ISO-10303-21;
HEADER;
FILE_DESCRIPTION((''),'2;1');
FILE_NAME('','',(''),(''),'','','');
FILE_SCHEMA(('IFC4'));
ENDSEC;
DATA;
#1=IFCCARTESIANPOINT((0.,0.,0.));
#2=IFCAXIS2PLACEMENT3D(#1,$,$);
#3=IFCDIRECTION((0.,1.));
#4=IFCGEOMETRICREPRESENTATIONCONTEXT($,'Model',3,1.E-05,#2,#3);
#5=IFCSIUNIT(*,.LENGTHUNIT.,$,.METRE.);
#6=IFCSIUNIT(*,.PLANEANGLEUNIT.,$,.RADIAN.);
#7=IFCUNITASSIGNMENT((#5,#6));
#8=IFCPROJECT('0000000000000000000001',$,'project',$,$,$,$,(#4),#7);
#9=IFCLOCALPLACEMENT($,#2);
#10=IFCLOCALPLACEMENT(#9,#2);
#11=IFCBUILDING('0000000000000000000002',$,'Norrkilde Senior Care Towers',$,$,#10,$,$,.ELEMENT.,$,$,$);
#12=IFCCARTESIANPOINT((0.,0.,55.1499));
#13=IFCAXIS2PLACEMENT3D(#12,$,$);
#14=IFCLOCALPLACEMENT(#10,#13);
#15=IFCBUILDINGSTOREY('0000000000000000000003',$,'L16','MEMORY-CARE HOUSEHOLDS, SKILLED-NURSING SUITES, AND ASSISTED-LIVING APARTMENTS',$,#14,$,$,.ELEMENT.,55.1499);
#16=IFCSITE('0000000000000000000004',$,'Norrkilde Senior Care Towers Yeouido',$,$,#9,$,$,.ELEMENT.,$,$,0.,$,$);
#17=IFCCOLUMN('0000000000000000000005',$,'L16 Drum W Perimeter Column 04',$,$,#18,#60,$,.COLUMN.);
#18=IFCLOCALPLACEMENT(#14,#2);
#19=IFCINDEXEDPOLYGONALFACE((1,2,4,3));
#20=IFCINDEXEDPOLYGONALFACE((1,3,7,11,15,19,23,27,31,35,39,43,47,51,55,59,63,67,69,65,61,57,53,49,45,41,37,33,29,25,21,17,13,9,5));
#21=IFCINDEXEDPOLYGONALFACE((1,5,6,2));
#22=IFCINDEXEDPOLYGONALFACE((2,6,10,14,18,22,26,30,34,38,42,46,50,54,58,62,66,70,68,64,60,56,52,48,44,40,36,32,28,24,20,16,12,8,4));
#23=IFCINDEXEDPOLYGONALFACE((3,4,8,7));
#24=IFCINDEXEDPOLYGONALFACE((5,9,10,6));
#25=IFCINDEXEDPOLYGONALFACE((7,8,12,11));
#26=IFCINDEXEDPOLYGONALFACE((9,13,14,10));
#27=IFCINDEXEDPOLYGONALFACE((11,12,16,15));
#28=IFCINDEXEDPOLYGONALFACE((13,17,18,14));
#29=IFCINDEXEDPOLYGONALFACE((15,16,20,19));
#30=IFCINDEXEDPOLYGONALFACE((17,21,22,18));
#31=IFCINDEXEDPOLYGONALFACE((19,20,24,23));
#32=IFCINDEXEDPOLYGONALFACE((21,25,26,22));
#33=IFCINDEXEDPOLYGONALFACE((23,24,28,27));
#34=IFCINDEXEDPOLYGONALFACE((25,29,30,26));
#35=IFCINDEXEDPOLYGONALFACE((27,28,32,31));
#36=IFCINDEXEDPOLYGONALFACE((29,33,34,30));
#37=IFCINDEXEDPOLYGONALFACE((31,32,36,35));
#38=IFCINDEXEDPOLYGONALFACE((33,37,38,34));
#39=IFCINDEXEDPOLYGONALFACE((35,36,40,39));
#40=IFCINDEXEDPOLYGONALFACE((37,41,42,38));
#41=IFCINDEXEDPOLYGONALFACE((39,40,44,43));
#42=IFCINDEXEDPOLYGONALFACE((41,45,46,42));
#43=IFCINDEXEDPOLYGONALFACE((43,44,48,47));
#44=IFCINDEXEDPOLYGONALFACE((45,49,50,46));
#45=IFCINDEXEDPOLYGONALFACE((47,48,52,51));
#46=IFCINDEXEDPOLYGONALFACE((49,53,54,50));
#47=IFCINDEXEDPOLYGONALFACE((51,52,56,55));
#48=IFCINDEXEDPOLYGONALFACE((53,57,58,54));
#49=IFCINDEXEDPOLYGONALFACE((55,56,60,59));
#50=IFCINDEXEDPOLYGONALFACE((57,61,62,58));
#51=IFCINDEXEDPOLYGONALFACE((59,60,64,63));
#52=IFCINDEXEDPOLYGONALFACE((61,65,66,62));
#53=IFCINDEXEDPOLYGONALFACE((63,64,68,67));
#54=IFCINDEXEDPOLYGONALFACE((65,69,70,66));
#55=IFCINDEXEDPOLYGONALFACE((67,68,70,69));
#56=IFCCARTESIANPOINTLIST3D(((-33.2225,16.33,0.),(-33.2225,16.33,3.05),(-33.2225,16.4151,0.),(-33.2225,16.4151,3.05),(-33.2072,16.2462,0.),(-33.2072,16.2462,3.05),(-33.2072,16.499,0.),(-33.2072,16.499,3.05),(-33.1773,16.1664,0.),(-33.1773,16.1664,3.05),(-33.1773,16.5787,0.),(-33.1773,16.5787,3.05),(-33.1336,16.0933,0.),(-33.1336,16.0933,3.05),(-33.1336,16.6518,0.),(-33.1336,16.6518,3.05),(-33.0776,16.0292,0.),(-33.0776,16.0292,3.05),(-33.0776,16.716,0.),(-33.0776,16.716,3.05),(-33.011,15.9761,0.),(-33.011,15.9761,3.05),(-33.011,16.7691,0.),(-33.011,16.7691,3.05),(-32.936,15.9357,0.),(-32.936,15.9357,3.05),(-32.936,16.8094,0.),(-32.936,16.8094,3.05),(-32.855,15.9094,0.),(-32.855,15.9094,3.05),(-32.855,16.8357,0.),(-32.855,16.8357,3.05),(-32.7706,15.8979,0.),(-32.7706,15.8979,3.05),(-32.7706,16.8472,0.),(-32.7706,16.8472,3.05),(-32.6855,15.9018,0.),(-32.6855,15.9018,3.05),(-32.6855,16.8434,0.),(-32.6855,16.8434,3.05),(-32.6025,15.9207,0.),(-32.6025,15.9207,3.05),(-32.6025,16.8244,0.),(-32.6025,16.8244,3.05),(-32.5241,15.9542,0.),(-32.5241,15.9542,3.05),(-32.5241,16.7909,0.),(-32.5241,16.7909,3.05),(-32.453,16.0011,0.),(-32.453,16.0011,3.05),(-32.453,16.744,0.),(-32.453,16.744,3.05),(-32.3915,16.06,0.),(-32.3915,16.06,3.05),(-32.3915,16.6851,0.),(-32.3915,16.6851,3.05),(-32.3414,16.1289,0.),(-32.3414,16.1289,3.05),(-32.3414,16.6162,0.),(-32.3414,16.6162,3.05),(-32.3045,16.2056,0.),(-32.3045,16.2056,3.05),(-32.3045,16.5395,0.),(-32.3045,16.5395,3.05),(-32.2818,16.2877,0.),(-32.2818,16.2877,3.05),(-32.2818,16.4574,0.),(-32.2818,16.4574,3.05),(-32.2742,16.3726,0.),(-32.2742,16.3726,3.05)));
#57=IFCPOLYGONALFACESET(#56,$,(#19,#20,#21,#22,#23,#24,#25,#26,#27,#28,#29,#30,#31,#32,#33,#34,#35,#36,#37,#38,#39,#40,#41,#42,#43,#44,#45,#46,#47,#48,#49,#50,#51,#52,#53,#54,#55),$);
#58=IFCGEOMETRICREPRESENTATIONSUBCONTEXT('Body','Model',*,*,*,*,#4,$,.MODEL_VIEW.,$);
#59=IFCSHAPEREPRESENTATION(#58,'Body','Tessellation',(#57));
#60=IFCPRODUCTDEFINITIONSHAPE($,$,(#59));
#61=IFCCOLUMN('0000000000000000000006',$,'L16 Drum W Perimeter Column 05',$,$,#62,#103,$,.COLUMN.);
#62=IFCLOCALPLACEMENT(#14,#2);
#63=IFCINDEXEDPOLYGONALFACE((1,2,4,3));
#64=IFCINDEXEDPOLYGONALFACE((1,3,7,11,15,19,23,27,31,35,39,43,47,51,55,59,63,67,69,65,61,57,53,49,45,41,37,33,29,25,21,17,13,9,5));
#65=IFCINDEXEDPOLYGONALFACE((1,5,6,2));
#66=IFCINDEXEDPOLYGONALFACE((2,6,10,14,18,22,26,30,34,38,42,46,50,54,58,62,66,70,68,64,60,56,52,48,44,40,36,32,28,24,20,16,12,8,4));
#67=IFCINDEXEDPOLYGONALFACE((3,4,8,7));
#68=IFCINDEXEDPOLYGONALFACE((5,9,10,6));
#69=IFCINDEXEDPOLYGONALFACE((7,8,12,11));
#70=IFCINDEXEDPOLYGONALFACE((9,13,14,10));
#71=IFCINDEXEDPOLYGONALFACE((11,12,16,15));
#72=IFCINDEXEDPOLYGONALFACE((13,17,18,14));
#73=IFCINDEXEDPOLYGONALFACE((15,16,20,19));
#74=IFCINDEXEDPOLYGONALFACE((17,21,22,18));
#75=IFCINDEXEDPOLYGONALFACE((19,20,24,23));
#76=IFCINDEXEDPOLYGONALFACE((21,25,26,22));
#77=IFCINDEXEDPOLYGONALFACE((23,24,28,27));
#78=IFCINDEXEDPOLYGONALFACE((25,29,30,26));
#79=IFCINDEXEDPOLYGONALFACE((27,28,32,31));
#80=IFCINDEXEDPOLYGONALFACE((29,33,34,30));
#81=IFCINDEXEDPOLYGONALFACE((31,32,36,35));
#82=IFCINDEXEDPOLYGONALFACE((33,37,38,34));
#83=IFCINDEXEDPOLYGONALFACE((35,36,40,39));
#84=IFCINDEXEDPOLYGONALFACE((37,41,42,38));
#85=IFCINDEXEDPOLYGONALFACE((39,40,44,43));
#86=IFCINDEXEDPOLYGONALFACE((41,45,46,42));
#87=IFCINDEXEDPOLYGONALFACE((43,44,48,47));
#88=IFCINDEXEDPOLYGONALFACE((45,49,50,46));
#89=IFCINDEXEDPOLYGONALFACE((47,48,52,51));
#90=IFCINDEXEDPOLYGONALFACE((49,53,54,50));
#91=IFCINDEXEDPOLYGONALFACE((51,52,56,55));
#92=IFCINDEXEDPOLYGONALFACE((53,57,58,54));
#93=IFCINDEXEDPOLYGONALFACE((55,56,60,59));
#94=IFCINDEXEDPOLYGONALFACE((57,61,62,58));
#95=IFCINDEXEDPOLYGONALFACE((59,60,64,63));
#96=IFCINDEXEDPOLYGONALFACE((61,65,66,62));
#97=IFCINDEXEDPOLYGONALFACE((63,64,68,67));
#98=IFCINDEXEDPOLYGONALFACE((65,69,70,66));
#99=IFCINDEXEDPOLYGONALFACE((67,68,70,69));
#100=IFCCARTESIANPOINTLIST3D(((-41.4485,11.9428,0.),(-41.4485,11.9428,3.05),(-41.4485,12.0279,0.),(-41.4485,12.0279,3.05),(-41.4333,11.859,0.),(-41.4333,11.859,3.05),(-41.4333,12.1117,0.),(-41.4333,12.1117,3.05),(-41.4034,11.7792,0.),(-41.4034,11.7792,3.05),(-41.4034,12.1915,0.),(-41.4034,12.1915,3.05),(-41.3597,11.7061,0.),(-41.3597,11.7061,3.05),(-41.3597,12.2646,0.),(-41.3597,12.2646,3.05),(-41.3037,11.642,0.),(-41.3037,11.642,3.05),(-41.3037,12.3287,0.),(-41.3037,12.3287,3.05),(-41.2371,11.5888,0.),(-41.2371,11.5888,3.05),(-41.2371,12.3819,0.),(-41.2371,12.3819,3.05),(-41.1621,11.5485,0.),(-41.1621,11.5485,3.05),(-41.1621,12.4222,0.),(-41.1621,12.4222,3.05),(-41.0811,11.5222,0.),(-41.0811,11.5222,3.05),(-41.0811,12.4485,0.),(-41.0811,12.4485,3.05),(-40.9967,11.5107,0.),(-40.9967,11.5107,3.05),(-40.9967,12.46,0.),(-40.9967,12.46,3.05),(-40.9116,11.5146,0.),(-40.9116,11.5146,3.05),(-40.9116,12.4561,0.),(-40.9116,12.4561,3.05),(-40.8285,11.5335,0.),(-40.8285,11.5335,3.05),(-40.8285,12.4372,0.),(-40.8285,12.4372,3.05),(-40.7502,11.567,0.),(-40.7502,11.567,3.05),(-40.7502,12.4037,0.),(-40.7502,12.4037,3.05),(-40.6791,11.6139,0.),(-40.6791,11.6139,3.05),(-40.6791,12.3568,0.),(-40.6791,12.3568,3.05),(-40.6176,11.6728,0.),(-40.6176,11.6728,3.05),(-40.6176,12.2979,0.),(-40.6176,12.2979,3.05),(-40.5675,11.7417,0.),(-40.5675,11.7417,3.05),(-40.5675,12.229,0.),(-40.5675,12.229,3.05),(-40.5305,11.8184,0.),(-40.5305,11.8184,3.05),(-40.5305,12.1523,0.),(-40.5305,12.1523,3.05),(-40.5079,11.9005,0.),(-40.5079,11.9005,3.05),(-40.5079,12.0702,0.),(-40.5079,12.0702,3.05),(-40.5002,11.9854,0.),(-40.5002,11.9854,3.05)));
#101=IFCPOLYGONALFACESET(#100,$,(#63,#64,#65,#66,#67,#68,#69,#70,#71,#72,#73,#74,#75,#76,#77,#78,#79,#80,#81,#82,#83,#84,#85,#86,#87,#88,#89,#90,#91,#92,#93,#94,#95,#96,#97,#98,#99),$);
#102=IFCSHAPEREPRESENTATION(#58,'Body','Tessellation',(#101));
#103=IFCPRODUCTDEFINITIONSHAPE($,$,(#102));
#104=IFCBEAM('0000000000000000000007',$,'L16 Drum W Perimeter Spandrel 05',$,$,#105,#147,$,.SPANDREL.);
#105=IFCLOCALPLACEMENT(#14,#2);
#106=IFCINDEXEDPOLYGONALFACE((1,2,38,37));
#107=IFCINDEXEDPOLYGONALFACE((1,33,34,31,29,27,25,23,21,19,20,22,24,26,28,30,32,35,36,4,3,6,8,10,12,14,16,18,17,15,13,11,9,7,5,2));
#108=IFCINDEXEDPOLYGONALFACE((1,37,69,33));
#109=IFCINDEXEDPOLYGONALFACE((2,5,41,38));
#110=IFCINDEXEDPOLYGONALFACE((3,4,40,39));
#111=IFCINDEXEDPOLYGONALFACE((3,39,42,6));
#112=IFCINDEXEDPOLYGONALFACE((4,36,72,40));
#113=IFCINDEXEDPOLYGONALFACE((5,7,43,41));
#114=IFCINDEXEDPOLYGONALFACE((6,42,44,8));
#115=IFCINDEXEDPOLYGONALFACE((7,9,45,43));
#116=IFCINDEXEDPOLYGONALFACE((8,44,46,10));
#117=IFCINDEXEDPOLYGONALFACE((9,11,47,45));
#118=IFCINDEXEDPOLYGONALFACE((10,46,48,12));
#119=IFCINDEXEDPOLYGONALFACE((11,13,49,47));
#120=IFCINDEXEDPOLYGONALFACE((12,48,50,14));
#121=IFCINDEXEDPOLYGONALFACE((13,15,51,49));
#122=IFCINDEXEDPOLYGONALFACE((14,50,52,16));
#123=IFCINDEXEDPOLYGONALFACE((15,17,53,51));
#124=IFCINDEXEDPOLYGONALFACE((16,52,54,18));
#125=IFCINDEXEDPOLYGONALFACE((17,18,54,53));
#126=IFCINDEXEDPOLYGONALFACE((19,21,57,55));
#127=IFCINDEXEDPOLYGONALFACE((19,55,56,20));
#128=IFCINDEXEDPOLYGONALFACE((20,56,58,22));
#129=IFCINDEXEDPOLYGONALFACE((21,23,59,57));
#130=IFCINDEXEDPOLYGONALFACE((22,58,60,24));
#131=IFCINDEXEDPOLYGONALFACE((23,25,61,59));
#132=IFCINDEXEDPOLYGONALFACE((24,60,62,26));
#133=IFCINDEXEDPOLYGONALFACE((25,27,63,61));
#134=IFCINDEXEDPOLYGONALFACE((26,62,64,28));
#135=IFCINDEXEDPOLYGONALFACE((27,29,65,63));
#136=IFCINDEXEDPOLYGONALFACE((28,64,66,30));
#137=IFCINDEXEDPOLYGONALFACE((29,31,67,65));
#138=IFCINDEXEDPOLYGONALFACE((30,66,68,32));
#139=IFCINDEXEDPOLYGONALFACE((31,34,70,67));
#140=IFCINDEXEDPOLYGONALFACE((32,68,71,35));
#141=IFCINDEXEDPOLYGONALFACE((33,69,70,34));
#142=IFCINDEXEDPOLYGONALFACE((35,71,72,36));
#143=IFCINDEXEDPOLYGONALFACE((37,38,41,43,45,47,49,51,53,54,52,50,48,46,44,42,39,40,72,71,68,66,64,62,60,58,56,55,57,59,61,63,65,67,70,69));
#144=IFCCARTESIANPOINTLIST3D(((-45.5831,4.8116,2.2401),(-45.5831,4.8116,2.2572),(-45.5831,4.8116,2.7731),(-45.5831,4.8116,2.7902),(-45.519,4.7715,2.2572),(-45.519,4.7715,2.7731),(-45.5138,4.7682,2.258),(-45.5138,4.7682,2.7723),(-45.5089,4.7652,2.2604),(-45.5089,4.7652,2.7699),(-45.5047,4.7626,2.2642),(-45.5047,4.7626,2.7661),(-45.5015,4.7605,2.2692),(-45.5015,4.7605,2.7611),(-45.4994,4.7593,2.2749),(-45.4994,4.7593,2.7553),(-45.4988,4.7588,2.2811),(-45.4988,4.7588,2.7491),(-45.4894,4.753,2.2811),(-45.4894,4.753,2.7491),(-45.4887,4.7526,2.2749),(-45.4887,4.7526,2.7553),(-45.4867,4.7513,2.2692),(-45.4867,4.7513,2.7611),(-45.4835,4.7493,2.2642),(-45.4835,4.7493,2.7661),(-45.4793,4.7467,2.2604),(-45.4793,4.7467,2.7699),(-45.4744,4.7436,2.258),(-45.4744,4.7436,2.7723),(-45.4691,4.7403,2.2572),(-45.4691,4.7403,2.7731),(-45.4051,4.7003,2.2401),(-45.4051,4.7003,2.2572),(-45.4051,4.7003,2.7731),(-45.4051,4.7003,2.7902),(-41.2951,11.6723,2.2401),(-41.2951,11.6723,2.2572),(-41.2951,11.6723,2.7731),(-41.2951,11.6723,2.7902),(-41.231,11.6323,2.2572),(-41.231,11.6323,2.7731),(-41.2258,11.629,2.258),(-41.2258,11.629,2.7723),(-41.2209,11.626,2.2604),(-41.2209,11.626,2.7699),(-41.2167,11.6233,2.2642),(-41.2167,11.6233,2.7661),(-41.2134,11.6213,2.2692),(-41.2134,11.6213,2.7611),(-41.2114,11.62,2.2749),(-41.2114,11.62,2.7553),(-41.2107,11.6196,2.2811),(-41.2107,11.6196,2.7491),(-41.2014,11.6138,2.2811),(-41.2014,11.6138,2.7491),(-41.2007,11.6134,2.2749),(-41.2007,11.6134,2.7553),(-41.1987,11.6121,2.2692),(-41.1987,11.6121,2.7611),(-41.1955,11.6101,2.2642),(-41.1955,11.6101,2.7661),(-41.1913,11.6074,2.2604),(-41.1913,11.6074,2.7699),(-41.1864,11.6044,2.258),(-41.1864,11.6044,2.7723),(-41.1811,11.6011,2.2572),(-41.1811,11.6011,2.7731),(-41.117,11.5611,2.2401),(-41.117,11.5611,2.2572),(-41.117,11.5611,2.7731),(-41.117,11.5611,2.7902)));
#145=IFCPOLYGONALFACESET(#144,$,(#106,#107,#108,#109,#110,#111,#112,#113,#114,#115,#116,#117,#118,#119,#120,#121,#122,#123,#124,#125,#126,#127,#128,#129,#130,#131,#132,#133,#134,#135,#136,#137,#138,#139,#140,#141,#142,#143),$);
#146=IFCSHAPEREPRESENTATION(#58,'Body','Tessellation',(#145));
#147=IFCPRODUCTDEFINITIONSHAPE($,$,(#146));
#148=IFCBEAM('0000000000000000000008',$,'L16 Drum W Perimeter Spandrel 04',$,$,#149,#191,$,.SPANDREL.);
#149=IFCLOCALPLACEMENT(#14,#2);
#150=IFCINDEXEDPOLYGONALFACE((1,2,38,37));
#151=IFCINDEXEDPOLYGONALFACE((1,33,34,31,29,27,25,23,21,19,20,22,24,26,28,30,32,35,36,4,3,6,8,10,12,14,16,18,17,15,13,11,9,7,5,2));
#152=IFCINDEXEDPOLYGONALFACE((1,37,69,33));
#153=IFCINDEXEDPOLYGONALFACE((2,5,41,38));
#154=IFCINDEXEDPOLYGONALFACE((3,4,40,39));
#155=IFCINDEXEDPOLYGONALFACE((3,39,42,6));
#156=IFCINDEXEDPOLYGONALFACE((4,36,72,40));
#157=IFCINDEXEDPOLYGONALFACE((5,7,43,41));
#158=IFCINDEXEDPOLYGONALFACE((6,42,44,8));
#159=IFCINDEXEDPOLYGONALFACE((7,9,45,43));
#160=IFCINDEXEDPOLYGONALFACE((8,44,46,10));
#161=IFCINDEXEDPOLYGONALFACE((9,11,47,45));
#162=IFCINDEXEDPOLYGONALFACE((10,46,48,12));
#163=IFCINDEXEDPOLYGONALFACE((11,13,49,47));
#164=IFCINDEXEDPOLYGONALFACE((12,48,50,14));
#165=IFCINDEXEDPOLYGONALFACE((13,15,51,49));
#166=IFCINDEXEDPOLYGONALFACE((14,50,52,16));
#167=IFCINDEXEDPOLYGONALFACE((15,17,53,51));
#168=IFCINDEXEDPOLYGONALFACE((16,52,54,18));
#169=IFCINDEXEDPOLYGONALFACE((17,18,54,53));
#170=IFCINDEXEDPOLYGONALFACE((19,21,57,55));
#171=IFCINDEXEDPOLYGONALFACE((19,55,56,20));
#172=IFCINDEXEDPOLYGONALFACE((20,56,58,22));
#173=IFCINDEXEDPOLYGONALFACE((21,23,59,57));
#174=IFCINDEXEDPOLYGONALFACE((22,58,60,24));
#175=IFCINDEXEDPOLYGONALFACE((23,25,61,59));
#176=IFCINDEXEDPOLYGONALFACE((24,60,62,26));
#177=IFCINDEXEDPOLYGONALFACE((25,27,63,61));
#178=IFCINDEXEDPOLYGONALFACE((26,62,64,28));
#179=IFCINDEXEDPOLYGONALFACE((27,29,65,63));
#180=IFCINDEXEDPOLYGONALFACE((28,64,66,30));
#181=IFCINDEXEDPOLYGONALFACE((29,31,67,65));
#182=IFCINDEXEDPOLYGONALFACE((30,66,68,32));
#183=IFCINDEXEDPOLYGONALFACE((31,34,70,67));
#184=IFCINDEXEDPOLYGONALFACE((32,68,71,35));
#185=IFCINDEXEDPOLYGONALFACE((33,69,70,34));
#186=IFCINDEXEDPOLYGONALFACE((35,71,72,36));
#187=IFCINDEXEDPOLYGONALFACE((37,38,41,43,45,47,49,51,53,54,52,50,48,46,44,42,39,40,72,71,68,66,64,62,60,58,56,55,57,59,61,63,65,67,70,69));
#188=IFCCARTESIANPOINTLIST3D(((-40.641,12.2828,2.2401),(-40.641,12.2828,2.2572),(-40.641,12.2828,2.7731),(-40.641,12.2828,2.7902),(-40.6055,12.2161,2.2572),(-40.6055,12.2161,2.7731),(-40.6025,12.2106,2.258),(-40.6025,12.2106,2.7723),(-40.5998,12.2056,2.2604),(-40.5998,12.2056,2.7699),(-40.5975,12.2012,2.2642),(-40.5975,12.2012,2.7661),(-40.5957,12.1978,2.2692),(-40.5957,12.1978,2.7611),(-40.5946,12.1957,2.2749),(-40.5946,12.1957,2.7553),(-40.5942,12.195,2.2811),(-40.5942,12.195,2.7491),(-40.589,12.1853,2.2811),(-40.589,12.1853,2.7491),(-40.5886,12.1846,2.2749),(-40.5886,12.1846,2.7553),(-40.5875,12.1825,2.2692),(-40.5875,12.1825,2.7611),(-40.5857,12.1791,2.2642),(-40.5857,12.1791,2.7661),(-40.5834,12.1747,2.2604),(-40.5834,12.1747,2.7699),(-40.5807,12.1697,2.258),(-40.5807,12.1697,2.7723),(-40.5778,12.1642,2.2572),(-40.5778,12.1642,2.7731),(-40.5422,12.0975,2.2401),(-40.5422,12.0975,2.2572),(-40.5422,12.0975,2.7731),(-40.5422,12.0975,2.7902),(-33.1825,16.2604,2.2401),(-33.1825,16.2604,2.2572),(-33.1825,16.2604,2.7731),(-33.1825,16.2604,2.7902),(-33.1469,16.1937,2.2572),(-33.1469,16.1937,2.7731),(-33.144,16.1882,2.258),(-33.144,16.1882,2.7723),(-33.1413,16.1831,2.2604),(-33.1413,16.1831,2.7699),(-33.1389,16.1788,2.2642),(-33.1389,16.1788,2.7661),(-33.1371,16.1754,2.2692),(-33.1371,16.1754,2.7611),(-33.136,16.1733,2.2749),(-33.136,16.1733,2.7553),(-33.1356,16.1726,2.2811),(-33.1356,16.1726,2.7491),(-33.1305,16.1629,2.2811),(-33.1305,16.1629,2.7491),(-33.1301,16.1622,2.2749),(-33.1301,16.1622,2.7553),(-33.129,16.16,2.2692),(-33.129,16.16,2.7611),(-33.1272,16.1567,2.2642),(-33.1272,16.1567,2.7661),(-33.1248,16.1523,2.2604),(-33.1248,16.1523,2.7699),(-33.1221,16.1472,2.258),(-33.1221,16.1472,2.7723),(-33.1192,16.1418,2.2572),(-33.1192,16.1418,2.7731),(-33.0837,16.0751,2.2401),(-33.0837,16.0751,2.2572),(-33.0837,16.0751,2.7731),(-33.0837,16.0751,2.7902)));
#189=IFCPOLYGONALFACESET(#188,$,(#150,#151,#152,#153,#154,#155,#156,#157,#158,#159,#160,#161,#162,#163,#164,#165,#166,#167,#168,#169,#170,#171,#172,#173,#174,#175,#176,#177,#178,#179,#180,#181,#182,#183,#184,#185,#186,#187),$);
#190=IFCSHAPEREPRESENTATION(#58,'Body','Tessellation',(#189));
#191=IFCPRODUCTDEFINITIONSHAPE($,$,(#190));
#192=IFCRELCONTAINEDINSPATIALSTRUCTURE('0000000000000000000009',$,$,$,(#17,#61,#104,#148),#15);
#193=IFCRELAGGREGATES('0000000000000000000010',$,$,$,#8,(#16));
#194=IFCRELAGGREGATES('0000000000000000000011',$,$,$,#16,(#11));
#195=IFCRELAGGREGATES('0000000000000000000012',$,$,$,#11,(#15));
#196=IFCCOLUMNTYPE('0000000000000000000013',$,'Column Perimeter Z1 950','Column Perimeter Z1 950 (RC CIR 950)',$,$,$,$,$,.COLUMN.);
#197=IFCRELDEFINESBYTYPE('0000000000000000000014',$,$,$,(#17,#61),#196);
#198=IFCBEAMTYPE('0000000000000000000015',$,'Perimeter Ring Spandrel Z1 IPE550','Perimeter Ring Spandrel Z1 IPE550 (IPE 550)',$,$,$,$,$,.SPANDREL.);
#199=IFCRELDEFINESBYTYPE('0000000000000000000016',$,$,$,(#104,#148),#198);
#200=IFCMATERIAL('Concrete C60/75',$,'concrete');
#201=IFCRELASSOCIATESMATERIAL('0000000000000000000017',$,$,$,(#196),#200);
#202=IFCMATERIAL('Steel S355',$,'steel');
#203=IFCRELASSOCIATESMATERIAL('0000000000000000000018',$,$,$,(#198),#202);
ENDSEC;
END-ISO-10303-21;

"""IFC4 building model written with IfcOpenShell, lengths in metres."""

from ifc_helpers import new_model, si_unit, direction, frame, origin, origin_2d, place, context, subcontext, project, spatial, circle, i_section, extrude, source, transform, mapped, material, material_profile, profile_set, type_object, type_shapes, element, save


model = new_model("IFC4")

# Units and contexts
model_context = context("Model", 3, precision=1e-05, world=origin(), true_north=direction((0.0, 1.0)))
body_context = subcontext(model_context, "Body", "Model", "MODEL_VIEW")
ifc_project = project(units=[si_unit("LENGTHUNIT", "METRE"), si_unit("PLANEANGLEUNIT", "RADIAN")], contexts=[model_context])

# Site, building, storey
site_placement = place(None, origin())
site = spatial("IfcSite", under=ifc_project, at=site_placement, Name="Norrkilde Senior Care Towers Yeouido", CompositionType="ELEMENT", RefElevation=0.0)
building_placement = place(site_placement, origin())
building = spatial("IfcBuilding", under=site, at=building_placement, Name="Norrkilde Senior Care Towers", CompositionType="ELEMENT")
storey_placement = place(building_placement, frame((0.0, 0.0, 55.1499)))
storey = spatial("IfcBuildingStorey", under=building, at=storey_placement, Name="L16", Description="MEMORY-CARE HOUSEHOLDS, SKILLED-NURSING SUITES, AND ASSISTED-LIVING APARTMENTS", CompositionType="ELEMENT", Elevation=55.1499)

# Columns
ifc_material_1 = material(Name="Concrete C60/75", Category="concrete")
ifc_material_profile_1 = material_profile(ifc_material_1, circle(Radius=0.4751, at=origin_2d()), Name="RC CIR 950")
ifc_profile_set_1 = profile_set([ifc_material_profile_1], Name="Concrete C60/75")
column_type = type_object("IfcColumnType", Name="Column Perimeter Z1 950", Description="Column Perimeter Z1 950 (RC CIR 950)", PredefinedType="COLUMN", material=ifc_profile_set_1)
shared_shape_1 = source(origin(), body_context, "Body", "SweptSolid", [
    extrude(circle(Radius=0.4751, at=origin_2d()), origin(), (0.0, 0.0, 1.0), 3.05),
])
type_shapes(column_type, [shared_shape_1])
for number, where, z_axis, x_axis, name in (
    (1, (-32.7493, 16.3726, 0.0), (0.0, 0.0, 1.0), (1.0, 0.0, 0.0), "L16 Drum W Perimeter Column 04"),
    (2, (-40.9753, 11.9854, 0.0), (0.0, 0.0, 1.0), (1.0, 0.0, 0.0), "L16 Drum W Perimeter Column 05"),
):
    element("IfcColumn", number, at=place(storey_placement, frame(where, z_axis=z_axis, x_axis=x_axis)), inside=storey, type_object=column_type, Name=name, PredefinedType="COLUMN", context=body_context, shape_type="MappedRepresentation", body=[
        mapped(shared_shape_1, transform((0.0, 0.0, 0.0), x_axis=(1.0, 0.0, 0.0), y_axis=(0.0, 1.0, 0.0), z_axis=(0.0, 0.0, 1.0), scale=1.0)),
    ])

# Beams
ifc_material_2 = material(Name="Steel S355", Category="steel")
ifc_material_profile_2 = material_profile(ifc_material_2, i_section(OverallWidth=0.21, OverallDepth=0.55, WebThickness=0.011, FlangeThickness=0.0171, FilletRadius=0.0239, at=origin_2d()), Name="IPE 550")
ifc_profile_set_2 = profile_set([ifc_material_profile_2], Name="Steel S355")
beam_type_1 = type_object("IfcBeamType", Name="Perimeter Ring Spandrel Z1 IPE550", Description="Perimeter Ring Spandrel Z1 IPE550 (IPE 550)", PredefinedType="SPANDREL", material=ifc_profile_set_2)
shared_shape_2 = source(origin(), body_context, "Body", "SweptSolid", [
    extrude(i_section(OverallWidth=0.21, OverallDepth=0.55, WebThickness=0.011, FlangeThickness=0.0171, FilletRadius=0.0239, at=origin_2d()), origin(), (0.0, 0.0, 1.0), 8.0906),
])
beam_1_placement = place(storey_placement, frame((-41.2061, 11.6167, 2.5151), z_axis=(-0.530004, -0.847995, 0.0), x_axis=(0.847995, -0.530004, 0.0)))
element("IfcBeam", 3, at=beam_1_placement, inside=storey, type_object=beam_type_1, Name="L16 Drum W Perimeter Spandrel 05", PredefinedType="SPANDREL", context=body_context, shape_type="MappedRepresentation", body=[
    mapped(shared_shape_2, transform((0.0, 0.0, 0.0), x_axis=(1.0, 0.0, 0.0), y_axis=(0.0, 1.0, 0.0), z_axis=(0.0, 0.0, 1.0), scale=1.0)),
])
shared_shape_3 = source(origin(), body_context, "Body", "SweptSolid", [
    extrude(i_section(OverallWidth=0.21, OverallDepth=0.55, WebThickness=0.011, FlangeThickness=0.0171, FilletRadius=0.0239, at=origin_2d()), origin(), (0.0, 0.0, 1.0), 8.4529),
])
type_shapes(beam_type_1, [shared_shape_2, shared_shape_3])
beam_2_placement = place(storey_placement, frame((-33.1331, 16.1677, 2.5151), z_axis=(-0.882369, -0.470558, 0.0), x_axis=(0.470558, -0.882369, 0.0)))
element("IfcBeam", 4, at=beam_2_placement, inside=storey, type_object=beam_type_1, Name="L16 Drum W Perimeter Spandrel 04", PredefinedType="SPANDREL", context=body_context, shape_type="MappedRepresentation", body=[
    mapped(shared_shape_3, transform((0.0, 0.0, 0.0), x_axis=(1.0, 0.0, 0.0), y_axis=(0.0, 1.0, 0.0), z_axis=(0.0, 0.0, 1.0), scale=1.0)),
])

save(model, "model.ifc")
